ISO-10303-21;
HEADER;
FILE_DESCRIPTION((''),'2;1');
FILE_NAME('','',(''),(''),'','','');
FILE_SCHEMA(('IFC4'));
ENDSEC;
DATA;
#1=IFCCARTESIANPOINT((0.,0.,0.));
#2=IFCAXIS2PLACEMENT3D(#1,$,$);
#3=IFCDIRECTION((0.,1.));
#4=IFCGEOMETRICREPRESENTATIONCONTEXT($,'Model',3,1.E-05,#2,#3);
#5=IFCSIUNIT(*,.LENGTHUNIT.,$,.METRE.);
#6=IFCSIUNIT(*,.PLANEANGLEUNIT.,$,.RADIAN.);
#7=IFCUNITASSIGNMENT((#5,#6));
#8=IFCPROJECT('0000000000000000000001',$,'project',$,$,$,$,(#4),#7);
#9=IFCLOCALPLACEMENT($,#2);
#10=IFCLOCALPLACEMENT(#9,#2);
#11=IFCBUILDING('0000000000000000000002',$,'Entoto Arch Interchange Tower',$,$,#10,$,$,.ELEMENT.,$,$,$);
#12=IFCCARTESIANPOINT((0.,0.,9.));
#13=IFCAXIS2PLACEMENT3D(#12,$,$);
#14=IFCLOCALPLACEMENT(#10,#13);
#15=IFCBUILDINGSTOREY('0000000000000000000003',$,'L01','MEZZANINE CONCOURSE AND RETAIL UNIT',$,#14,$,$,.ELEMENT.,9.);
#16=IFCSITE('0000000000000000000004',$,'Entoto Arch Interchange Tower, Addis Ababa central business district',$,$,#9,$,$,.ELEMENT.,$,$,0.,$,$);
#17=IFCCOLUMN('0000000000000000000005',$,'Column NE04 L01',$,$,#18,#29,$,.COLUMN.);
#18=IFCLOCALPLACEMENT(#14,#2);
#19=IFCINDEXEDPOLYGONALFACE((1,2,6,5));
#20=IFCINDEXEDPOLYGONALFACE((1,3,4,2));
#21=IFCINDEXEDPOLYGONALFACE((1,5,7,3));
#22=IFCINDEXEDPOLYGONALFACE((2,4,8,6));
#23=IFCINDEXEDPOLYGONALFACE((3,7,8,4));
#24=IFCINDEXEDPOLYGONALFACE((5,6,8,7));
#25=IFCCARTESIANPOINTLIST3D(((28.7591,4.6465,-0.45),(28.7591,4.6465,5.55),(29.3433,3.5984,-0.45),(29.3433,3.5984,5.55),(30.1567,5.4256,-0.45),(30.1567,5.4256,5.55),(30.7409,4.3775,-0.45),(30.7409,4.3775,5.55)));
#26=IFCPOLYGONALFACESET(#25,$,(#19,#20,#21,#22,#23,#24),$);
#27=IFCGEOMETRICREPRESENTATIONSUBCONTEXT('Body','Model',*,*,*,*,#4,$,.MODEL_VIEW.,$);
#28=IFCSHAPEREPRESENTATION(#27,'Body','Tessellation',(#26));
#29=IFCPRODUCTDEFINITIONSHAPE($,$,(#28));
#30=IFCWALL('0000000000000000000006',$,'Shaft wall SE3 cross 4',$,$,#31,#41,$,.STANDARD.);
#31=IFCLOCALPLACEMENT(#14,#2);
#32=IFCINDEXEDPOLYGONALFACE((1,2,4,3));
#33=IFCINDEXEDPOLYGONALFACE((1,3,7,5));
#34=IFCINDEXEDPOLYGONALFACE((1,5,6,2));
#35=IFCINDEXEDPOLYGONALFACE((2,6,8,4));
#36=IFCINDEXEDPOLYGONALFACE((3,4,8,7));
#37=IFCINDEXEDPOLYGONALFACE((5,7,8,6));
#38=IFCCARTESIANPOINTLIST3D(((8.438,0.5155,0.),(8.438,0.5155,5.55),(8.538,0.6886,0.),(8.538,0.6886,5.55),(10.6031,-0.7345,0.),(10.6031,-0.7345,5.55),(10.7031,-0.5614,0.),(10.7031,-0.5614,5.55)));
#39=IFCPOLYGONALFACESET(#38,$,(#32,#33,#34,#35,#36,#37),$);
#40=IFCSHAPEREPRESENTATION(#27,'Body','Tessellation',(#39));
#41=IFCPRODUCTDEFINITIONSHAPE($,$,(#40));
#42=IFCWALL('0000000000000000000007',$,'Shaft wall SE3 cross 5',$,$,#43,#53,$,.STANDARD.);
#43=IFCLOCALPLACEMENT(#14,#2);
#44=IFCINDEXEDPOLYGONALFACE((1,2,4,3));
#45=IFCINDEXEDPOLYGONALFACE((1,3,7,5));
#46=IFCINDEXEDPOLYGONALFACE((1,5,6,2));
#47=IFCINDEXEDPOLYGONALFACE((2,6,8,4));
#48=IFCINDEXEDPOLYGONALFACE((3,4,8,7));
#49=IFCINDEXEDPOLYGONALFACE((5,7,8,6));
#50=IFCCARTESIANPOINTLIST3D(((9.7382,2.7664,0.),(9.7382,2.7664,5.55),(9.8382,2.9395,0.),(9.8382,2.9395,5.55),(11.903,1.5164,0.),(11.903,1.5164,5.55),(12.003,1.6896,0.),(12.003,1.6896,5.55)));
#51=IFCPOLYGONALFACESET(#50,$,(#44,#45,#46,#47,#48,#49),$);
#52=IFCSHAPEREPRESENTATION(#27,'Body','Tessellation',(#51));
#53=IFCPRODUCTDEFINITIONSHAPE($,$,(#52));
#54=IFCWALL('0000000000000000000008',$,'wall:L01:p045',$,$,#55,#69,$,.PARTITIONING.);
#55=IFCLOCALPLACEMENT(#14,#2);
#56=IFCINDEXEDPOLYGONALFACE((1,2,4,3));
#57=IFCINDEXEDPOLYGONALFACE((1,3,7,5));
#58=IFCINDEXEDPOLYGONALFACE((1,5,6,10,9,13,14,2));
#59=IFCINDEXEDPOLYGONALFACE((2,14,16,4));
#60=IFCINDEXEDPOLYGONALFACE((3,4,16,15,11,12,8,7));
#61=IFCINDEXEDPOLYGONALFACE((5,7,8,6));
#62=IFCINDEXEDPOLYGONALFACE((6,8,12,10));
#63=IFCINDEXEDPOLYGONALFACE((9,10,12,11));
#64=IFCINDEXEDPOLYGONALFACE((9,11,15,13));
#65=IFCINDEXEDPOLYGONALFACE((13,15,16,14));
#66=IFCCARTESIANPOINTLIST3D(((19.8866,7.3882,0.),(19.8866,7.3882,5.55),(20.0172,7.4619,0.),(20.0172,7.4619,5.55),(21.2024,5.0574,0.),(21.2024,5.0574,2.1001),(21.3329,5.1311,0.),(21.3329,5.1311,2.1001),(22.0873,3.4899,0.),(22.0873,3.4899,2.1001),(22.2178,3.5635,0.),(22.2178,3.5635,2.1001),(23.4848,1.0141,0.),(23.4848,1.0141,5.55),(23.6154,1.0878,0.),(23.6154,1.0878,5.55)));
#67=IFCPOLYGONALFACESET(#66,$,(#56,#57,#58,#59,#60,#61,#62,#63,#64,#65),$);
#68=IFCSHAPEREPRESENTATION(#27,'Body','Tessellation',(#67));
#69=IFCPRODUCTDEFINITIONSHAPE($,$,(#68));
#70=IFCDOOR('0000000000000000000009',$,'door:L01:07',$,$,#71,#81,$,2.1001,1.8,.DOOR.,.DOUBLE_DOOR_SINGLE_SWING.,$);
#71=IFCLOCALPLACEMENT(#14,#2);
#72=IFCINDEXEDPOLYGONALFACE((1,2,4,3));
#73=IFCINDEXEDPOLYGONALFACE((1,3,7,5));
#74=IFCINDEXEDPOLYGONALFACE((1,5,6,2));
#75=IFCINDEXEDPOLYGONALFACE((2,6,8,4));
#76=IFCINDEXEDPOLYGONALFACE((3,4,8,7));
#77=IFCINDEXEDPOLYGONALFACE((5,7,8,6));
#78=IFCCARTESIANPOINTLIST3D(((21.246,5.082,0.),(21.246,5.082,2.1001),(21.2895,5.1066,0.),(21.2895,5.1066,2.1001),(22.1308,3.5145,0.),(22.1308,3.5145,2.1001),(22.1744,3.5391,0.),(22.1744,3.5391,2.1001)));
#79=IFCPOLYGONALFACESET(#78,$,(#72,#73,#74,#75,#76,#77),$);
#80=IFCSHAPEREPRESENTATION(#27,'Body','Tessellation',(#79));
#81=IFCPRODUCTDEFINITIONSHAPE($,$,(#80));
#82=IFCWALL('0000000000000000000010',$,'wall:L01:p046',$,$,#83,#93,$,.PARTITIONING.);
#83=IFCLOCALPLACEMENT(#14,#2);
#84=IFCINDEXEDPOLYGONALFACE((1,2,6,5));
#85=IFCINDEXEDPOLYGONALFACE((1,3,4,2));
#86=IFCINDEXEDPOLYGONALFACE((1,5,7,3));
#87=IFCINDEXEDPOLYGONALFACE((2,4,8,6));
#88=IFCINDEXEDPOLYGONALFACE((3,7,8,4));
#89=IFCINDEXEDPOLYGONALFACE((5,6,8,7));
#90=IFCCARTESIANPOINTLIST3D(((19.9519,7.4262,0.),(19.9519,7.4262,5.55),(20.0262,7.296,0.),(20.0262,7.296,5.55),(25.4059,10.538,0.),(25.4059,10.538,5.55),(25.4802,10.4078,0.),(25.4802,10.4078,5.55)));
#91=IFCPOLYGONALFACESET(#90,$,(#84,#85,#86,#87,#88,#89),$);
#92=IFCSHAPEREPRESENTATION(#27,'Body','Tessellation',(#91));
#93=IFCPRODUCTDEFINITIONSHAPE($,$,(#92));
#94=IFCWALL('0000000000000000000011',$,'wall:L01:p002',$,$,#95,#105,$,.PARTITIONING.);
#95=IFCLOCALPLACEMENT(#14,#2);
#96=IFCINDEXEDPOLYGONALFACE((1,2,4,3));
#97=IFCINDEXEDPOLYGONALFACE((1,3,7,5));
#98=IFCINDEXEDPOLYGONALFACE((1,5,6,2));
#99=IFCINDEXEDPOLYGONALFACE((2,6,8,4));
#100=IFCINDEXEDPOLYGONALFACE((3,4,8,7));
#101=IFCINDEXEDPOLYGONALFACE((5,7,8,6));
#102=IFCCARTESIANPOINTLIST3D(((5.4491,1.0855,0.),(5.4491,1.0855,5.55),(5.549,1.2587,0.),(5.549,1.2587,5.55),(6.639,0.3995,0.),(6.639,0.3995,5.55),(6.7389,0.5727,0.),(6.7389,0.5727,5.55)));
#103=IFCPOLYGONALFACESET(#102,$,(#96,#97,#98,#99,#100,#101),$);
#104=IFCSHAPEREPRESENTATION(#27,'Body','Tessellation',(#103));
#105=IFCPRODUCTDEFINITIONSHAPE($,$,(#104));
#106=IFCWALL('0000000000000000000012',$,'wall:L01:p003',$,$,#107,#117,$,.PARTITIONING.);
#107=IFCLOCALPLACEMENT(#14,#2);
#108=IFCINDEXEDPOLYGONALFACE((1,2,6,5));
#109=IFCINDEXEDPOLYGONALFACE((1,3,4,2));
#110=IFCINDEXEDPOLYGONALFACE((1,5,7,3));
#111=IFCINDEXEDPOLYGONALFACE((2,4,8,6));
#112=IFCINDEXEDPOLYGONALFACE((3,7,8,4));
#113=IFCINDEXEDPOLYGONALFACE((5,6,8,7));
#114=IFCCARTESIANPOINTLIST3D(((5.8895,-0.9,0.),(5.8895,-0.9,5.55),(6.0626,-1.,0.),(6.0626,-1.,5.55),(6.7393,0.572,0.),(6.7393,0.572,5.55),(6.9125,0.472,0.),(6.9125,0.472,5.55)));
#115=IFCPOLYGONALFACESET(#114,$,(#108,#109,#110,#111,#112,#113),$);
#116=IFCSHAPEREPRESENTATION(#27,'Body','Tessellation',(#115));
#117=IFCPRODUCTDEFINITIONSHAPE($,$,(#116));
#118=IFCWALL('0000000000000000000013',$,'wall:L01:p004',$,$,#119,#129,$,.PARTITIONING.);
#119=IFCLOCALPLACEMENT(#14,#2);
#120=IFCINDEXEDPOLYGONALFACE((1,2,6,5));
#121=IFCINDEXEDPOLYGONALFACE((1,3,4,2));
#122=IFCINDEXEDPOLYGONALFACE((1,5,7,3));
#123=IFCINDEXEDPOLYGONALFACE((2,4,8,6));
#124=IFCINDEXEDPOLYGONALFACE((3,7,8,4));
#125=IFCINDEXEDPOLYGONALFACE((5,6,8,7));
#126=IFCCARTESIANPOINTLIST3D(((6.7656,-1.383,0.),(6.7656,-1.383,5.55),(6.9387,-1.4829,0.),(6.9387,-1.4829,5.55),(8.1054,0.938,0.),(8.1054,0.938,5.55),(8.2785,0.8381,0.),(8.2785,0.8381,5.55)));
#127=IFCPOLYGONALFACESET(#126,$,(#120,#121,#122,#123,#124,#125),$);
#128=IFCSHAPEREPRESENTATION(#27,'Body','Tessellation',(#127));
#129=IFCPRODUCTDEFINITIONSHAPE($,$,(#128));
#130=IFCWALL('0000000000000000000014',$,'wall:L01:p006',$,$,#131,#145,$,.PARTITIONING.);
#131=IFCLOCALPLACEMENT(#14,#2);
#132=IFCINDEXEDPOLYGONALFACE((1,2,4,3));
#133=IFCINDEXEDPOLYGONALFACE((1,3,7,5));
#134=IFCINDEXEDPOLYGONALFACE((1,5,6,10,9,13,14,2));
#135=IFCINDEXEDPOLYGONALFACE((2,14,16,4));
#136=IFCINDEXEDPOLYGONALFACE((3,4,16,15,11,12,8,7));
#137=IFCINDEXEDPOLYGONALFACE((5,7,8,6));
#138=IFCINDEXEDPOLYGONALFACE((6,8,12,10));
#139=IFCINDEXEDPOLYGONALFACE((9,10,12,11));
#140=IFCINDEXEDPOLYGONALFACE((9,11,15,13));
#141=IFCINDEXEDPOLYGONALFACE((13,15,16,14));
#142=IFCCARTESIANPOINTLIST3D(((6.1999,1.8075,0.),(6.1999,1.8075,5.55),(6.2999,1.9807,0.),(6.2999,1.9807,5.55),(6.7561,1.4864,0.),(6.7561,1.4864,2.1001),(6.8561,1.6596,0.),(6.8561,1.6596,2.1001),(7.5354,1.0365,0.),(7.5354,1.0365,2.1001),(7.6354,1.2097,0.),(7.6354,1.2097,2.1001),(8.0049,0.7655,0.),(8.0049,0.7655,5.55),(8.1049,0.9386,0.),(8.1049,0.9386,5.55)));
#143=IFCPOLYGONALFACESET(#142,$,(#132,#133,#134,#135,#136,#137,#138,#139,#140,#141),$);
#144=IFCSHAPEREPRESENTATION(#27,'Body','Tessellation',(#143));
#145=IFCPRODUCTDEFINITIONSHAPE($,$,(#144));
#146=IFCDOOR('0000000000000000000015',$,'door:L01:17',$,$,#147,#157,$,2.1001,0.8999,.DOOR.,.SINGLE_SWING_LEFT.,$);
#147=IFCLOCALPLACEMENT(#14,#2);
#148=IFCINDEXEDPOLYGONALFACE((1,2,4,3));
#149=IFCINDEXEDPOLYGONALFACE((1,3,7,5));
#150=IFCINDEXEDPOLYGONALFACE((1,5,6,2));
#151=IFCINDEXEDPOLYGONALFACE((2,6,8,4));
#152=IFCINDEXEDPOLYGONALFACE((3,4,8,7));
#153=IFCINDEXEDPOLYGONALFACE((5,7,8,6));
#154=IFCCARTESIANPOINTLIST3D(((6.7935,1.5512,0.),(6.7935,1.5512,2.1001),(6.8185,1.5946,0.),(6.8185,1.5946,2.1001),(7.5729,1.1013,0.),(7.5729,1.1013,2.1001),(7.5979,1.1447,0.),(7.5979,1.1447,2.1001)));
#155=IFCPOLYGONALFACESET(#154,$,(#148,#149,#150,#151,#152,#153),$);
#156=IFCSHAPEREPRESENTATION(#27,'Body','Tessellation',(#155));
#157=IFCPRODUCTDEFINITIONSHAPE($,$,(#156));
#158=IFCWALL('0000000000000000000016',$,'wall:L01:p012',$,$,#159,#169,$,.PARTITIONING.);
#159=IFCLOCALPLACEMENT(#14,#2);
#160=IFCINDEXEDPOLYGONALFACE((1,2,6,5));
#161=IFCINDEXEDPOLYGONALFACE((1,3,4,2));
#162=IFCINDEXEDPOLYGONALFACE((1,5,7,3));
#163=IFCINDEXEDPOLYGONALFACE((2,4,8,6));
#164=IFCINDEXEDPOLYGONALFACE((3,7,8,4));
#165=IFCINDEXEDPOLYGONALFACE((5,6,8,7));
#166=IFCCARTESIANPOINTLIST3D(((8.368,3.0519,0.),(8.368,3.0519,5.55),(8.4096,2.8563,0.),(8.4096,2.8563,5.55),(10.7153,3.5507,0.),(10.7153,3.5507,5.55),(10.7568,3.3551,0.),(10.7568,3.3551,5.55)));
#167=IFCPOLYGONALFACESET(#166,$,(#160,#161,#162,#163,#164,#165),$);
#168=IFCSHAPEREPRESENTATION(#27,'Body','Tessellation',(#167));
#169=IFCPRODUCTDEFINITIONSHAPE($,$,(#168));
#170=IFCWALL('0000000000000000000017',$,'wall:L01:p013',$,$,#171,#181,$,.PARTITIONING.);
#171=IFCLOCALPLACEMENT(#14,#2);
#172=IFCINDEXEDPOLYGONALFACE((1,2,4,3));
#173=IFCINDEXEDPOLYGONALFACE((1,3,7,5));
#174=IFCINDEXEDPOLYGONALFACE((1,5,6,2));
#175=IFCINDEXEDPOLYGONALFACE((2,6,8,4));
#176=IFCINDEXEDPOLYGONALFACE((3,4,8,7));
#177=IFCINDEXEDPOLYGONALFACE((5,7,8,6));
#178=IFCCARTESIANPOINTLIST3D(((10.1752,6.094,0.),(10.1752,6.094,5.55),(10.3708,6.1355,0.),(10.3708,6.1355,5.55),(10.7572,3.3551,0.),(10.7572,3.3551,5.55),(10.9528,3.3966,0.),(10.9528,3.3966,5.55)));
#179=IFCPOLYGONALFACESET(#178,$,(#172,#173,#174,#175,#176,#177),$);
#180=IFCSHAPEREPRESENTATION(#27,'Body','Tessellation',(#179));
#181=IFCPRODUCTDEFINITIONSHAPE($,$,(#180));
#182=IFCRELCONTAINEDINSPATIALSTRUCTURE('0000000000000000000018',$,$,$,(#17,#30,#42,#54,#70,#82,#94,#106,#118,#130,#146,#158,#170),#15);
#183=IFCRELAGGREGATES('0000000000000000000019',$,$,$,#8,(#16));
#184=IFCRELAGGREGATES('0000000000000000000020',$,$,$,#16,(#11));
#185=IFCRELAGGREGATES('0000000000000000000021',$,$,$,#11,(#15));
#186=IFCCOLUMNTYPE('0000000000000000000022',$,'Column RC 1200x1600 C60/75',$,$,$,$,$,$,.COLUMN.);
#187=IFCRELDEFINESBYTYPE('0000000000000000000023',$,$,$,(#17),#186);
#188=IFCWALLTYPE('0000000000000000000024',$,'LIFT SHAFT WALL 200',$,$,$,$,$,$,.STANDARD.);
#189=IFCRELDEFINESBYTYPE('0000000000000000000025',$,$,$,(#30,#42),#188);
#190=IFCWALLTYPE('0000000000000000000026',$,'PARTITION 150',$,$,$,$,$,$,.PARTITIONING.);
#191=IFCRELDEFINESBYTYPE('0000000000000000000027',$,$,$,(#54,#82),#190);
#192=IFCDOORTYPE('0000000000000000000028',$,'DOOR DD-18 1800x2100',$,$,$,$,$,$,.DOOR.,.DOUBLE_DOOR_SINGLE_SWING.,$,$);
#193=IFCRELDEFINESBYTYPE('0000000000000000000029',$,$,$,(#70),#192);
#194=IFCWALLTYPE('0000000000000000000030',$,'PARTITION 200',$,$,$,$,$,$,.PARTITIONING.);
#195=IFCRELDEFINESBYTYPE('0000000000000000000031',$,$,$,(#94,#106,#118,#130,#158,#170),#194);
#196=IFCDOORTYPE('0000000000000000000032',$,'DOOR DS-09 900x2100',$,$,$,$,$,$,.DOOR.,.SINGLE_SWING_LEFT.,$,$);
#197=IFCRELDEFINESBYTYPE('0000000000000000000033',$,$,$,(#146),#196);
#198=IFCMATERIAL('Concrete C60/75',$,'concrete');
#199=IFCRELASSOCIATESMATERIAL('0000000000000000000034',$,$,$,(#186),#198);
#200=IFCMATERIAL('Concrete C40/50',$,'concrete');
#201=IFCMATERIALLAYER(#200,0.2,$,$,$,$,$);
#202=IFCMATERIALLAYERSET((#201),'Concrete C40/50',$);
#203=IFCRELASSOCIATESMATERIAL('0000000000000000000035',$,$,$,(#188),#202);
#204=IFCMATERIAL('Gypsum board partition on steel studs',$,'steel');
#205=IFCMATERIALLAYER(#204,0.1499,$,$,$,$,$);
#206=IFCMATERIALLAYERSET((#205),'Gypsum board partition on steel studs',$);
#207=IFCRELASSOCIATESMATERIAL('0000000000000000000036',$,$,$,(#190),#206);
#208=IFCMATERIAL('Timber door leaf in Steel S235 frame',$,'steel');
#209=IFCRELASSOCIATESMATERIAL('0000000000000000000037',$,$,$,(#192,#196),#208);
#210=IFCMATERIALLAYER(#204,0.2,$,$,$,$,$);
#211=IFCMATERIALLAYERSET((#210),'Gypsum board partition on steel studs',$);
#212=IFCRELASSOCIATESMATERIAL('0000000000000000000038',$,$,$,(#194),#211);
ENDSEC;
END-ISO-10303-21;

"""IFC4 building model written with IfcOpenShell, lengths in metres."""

from ifc_helpers import new_model, si_unit, direction, frame, frame_2d, origin, origin_2d, place, context, subcontext, project, spatial, rectangle, extrude, material, layer, layer_set, material_profile, profile_set, type_object, element, fill, save


model = new_model("IFC4")

# Units and contexts
model_context = context("Model", 3, precision=1e-05, world=origin(), true_north=direction((0.0, 1.0)))
body_context = subcontext(model_context, "Body", "Model", "MODEL_VIEW")
ifc_project = project(units=[si_unit("LENGTHUNIT", "METRE"), si_unit("PLANEANGLEUNIT", "RADIAN")], contexts=[model_context])

# Site, building, storey
site_placement = place(None, origin())
site = spatial("IfcSite", under=ifc_project, at=site_placement, Name="Entoto Arch Interchange Tower, Addis Ababa central business district", CompositionType="ELEMENT", RefElevation=0.0)
building_placement = place(site_placement, origin())
building = spatial("IfcBuilding", under=site, at=building_placement, Name="Entoto Arch Interchange Tower", CompositionType="ELEMENT")
storey_placement = place(building_placement, frame((0.0, 0.0, 9.0)))
storey = spatial("IfcBuildingStorey", under=building, at=storey_placement, Name="L01", Description="MEZZANINE CONCOURSE AND RETAIL UNIT", CompositionType="ELEMENT", Elevation=9.0)

# Column
ifc_material_1 = material(Name="Concrete C60/75", Category="concrete")
ifc_material_profile = material_profile(ifc_material_1, rectangle(XDim=1.2, YDim=1.6001, at=origin_2d()))
ifc_profile_set = profile_set([ifc_material_profile], Name="Concrete C60/75")
column_type = type_object("IfcColumnType", Name="Column RC 1200x1600 C60/75", PredefinedType="COLUMN", material=ifc_profile_set)
column_placement = place(storey_placement, frame((29.75, 4.512, -0.45), z_axis=(0.0, 0.0, 1.0), x_axis=(-0.486915, 0.873449, 0.0)))
element("IfcColumn", 1, at=column_placement, inside=storey, type_object=column_type, Name="Column NE04 L01", PredefinedType="COLUMN", context=body_context, shape_type="SweptSolid", body=[
    extrude(rectangle(XDim=1.2, YDim=1.6001, at=origin_2d()), origin(), (0.0, 0.0, 1.0), 6.0),
])

# Walls
ifc_material_2 = material(Name="Concrete C40/50", Category="concrete")
ifc_layer_1 = layer(ifc_material_2, 0.2)
ifc_layer_set_1 = layer_set([ifc_layer_1], Name="Concrete C40/50")
wall_type_1 = type_object("IfcWallType", Name="LIFT SHAFT WALL 200", PredefinedType="STANDARD", material=ifc_layer_set_1)
wall_1_placement = place(storey_placement, frame((8.488, 0.6021, 0.0), z_axis=(0.0, 0.0, 1.0), x_axis=(0.866023, -0.500004, 0.0)))
element("IfcWall", 2, at=wall_1_placement, inside=storey, type_object=wall_type_1, Name="Shaft wall SE3 cross 4", PredefinedType="STANDARD", context=body_context, shape_type="SweptSolid", body=[
    extrude(rectangle(XDim=2.5, YDim=0.2, at=frame_2d((1.25, 0.0))), origin(), (0.0, 0.0, 1.0), 5.55),
])
wall_2_placement = place(storey_placement, frame((9.7881, 2.853, 0.0), z_axis=(0.0, 0.0, 1.0), x_axis=(0.865999, -0.500047, 0.0)))
element("IfcWall", 3, at=wall_2_placement, inside=storey, type_object=wall_type_1, Name="Shaft wall SE3 cross 5", PredefinedType="STANDARD", context=body_context, shape_type="SweptSolid", body=[
    extrude(rectangle(XDim=2.4998, YDim=0.2, at=frame_2d((1.25, 0.0))), origin(), (0.0, 0.0, 1.0), 5.55),
])

# Wall, opening, door
ifc_material_3 = material(Name="Gypsum board partition on steel studs", Category="steel")
ifc_layer_2 = layer(ifc_material_3, 0.1499)
ifc_layer_set_2 = layer_set([ifc_layer_2], Name="Gypsum board partition on steel studs")
wall_type_2 = type_object("IfcWallType", Name="PARTITION 150", PredefinedType="PARTITIONING", material=ifc_layer_set_2)
wall_3_placement = place(storey_placement, frame((23.55, 1.051, 0.0), z_axis=(0.0, 0.0, 1.0), x_axis=(-0.491585, 0.87083, 0.0)))
wall_3 = element("IfcWall", 4, at=wall_3_placement, inside=storey, type_object=wall_type_2, Name="wall:L01:p045", PredefinedType="PARTITIONING", context=body_context, shape_type="SweptSolid", body=[
    extrude(rectangle(XDim=7.3196, YDim=0.1499, at=frame_2d((3.6597, 0.0))), origin(), (0.0, 0.0, 1.0), 5.55),
])
opening_1_placement = place(wall_3_placement, frame((2.843, 0.0, 0.0)))
opening_1 = element("IfcOpeningElement", 5, at=opening_1_placement, cuts=wall_3, PredefinedType="OPENING", context=body_context, shape_type="SweptSolid", body=[
    extrude(rectangle(XDim=1.8, YDim=2.1001, at=frame_2d((0.8999, 1.05))), frame((0.0, 0.085, 0.0), z_axis=(0.0, -1.0, 0.0), x_axis=(1.0, 0.0, 0.0)), (0.0, 0.0, 1.0), 0.1699),
])
ifc_material_4 = material(Name="Timber door leaf in Steel S235 frame", Category="steel")
door_type_1 = type_object("IfcDoorType", Name="DOOR DD-18 1800x2100", OperationType="DOUBLE_DOOR_SINGLE_SWING", PredefinedType="DOOR", material=ifc_material_4)
door_1_placement = place(opening_1_placement, origin())
door_1 = element("IfcDoor", 6, at=door_1_placement, inside=storey, type_object=door_type_1, Name="door:L01:07", OperationType="DOUBLE_DOOR_SINGLE_SWING", OverallHeight=2.1001, OverallWidth=1.8, PredefinedType="DOOR", context=body_context, shape_type="SweptSolid", body=[
    extrude(rectangle(XDim=1.8, YDim=2.1001, at=frame_2d((0.8999, 1.05))), frame((0.0, 0.0249, 0.0), z_axis=(0.0, -1.0, 0.0), x_axis=(1.0, 0.0, 0.0)), (0.0, 0.0, 1.0), 0.05),
])
fill(opening_1, door_1)

# Walls
wall_4_placement = place(storey_placement, frame((19.989, 7.3611, 0.0), z_axis=(0.0, 0.0, 1.0), x_axis=(0.868573, 0.495561, 0.0)))
element("IfcWall", 7, at=wall_4_placement, inside=storey, type_object=wall_type_2, Name="wall:L01:p046", PredefinedType="PARTITIONING", context=body_context, shape_type="SweptSolid", body=[
    extrude(rectangle(XDim=6.2793, YDim=0.1499, at=frame_2d((3.1396, 0.0))), origin(), (0.0, 0.0, 1.0), 5.55),
])
ifc_layer_3 = layer(ifc_material_3, 0.2)
ifc_layer_set_3 = layer_set([ifc_layer_3], Name="Gypsum board partition on steel studs")
wall_type_3 = type_object("IfcWallType", Name="PARTITION 200", PredefinedType="PARTITIONING", material=ifc_layer_set_3)
wall_5_placement = place(storey_placement, frame((5.499, 1.1721, 0.0), z_axis=(0.0, 0.0, 1.0), x_axis=(0.866334, -0.499466, 0.0)))
element("IfcWall", 8, at=wall_5_placement, inside=storey, type_object=wall_type_3, Name="wall:L01:p002", PredefinedType="PARTITIONING", context=body_context, shape_type="SweptSolid", body=[
    extrude(rectangle(XDim=1.3735, YDim=0.2, at=frame_2d((0.6868, 0.0))), origin(), (0.0, 0.0, 1.0), 5.55),
])
wall_6_placement = place(storey_placement, frame((6.8259, 0.522, 0.0), z_axis=(0.0, 0.0, 1.0), x_axis=(-0.500017, -0.866016, 0.0)))
element("IfcWall", 9, at=wall_6_placement, inside=storey, type_object=wall_type_3, Name="wall:L01:p003", PredefinedType="PARTITIONING", context=body_context, shape_type="SweptSolid", body=[
    extrude(rectangle(XDim=1.6997, YDim=0.2, at=frame_2d((0.8499, 0.0))), origin(), (0.0, 0.0, 1.0), 5.55),
])
wall_7_placement = place(storey_placement, frame((8.1919, 0.8879, 0.0), z_axis=(0.0, 0.0, 1.0), x_axis=(-0.499941, -0.86606, 0.0)))
element("IfcWall", 10, at=wall_7_placement, inside=storey, type_object=wall_type_3, Name="wall:L01:p004", PredefinedType="PARTITIONING", context=body_context, shape_type="SweptSolid", body=[
    extrude(rectangle(XDim=2.6799, YDim=0.2, at=frame_2d((1.3398, 0.0))), origin(), (0.0, 0.0, 1.0), 5.55),
])

# Wall, opening, door
wall_8_placement = place(storey_placement, frame((6.25, 1.894, 0.0), z_axis=(0.0, 0.0, 1.0), x_axis=(0.866043, -0.499969, 0.0)))
wall_8 = element("IfcWall", 11, at=wall_8_placement, inside=storey, type_object=wall_type_3, Name="wall:L01:p006", PredefinedType="PARTITIONING", context=body_context, shape_type="SweptSolid", body=[
    extrude(rectangle(XDim=2.0842, YDim=0.2, at=frame_2d((1.042, 0.0))), origin(), (0.0, 0.0, 1.0), 5.55),
])
opening_2_placement = place(wall_8_placement, frame((0.6421, 0.0, 0.0)))
opening_2 = element("IfcOpeningElement", 12, at=opening_2_placement, cuts=wall_8, PredefinedType="OPENING", context=body_context, shape_type="SweptSolid", body=[
    extrude(rectangle(XDim=0.8999, YDim=2.1001, at=frame_2d((0.45, 1.05))), frame((0.0, 0.1099, 0.0), z_axis=(0.0, -1.0, 0.0), x_axis=(1.0, 0.0, 0.0)), (0.0, 0.0, 1.0), 0.22),
])
door_type_2 = type_object("IfcDoorType", Name="DOOR DS-09 900x2100", OperationType="SINGLE_SWING_LEFT", PredefinedType="DOOR", material=ifc_material_4)
door_2_placement = place(opening_2_placement, origin())
door_2 = element("IfcDoor", 13, at=door_2_placement, inside=storey, type_object=door_type_2, Name="door:L01:17", OperationType="SINGLE_SWING_LEFT", OverallHeight=2.1001, OverallWidth=0.8999, PredefinedType="DOOR", context=body_context, shape_type="SweptSolid", body=[
    extrude(rectangle(XDim=0.8999, YDim=2.1001, at=frame_2d((0.45, 1.05))), frame((0.0, 0.0249, 0.0), z_axis=(0.0, -1.0, 0.0), x_axis=(1.0, 0.0, 0.0)), (0.0, 0.0, 1.0), 0.05),
])
fill(opening_2, door_2)

# Walls
wall_9_placement = place(storey_placement, frame((8.3889, 2.9541, 0.0), z_axis=(0.0, 0.0, 1.0), x_axis=(0.978158, 0.207861, 0.0)))
element("IfcWall", 14, at=wall_9_placement, inside=storey, type_object=wall_type_3, Name="wall:L01:p012", PredefinedType="PARTITIONING", context=body_context, shape_type="SweptSolid", body=[
    extrude(rectangle(XDim=2.3997, YDim=0.2, at=frame_2d((1.1997, 0.0))), origin(), (0.0, 0.0, 1.0), 5.55),
])
wall_10_placement = place(storey_placement, frame((10.855, 3.376, 0.0), z_axis=(0.0, 0.0, 1.0), x_axis=(-0.207856, 0.97816, 0.0)))
element("IfcWall", 15, at=wall_10_placement, inside=storey, type_object=wall_type_3, Name="wall:L01:p013", PredefinedType="PARTITIONING", context=body_context, shape_type="SweptSolid", body=[
    extrude(rectangle(XDim=2.8, YDim=0.2, at=frame_2d((1.3999, 0.0))), origin(), (0.0, 0.0, 1.0), 5.55),
])

save(model, "model.ifc")
